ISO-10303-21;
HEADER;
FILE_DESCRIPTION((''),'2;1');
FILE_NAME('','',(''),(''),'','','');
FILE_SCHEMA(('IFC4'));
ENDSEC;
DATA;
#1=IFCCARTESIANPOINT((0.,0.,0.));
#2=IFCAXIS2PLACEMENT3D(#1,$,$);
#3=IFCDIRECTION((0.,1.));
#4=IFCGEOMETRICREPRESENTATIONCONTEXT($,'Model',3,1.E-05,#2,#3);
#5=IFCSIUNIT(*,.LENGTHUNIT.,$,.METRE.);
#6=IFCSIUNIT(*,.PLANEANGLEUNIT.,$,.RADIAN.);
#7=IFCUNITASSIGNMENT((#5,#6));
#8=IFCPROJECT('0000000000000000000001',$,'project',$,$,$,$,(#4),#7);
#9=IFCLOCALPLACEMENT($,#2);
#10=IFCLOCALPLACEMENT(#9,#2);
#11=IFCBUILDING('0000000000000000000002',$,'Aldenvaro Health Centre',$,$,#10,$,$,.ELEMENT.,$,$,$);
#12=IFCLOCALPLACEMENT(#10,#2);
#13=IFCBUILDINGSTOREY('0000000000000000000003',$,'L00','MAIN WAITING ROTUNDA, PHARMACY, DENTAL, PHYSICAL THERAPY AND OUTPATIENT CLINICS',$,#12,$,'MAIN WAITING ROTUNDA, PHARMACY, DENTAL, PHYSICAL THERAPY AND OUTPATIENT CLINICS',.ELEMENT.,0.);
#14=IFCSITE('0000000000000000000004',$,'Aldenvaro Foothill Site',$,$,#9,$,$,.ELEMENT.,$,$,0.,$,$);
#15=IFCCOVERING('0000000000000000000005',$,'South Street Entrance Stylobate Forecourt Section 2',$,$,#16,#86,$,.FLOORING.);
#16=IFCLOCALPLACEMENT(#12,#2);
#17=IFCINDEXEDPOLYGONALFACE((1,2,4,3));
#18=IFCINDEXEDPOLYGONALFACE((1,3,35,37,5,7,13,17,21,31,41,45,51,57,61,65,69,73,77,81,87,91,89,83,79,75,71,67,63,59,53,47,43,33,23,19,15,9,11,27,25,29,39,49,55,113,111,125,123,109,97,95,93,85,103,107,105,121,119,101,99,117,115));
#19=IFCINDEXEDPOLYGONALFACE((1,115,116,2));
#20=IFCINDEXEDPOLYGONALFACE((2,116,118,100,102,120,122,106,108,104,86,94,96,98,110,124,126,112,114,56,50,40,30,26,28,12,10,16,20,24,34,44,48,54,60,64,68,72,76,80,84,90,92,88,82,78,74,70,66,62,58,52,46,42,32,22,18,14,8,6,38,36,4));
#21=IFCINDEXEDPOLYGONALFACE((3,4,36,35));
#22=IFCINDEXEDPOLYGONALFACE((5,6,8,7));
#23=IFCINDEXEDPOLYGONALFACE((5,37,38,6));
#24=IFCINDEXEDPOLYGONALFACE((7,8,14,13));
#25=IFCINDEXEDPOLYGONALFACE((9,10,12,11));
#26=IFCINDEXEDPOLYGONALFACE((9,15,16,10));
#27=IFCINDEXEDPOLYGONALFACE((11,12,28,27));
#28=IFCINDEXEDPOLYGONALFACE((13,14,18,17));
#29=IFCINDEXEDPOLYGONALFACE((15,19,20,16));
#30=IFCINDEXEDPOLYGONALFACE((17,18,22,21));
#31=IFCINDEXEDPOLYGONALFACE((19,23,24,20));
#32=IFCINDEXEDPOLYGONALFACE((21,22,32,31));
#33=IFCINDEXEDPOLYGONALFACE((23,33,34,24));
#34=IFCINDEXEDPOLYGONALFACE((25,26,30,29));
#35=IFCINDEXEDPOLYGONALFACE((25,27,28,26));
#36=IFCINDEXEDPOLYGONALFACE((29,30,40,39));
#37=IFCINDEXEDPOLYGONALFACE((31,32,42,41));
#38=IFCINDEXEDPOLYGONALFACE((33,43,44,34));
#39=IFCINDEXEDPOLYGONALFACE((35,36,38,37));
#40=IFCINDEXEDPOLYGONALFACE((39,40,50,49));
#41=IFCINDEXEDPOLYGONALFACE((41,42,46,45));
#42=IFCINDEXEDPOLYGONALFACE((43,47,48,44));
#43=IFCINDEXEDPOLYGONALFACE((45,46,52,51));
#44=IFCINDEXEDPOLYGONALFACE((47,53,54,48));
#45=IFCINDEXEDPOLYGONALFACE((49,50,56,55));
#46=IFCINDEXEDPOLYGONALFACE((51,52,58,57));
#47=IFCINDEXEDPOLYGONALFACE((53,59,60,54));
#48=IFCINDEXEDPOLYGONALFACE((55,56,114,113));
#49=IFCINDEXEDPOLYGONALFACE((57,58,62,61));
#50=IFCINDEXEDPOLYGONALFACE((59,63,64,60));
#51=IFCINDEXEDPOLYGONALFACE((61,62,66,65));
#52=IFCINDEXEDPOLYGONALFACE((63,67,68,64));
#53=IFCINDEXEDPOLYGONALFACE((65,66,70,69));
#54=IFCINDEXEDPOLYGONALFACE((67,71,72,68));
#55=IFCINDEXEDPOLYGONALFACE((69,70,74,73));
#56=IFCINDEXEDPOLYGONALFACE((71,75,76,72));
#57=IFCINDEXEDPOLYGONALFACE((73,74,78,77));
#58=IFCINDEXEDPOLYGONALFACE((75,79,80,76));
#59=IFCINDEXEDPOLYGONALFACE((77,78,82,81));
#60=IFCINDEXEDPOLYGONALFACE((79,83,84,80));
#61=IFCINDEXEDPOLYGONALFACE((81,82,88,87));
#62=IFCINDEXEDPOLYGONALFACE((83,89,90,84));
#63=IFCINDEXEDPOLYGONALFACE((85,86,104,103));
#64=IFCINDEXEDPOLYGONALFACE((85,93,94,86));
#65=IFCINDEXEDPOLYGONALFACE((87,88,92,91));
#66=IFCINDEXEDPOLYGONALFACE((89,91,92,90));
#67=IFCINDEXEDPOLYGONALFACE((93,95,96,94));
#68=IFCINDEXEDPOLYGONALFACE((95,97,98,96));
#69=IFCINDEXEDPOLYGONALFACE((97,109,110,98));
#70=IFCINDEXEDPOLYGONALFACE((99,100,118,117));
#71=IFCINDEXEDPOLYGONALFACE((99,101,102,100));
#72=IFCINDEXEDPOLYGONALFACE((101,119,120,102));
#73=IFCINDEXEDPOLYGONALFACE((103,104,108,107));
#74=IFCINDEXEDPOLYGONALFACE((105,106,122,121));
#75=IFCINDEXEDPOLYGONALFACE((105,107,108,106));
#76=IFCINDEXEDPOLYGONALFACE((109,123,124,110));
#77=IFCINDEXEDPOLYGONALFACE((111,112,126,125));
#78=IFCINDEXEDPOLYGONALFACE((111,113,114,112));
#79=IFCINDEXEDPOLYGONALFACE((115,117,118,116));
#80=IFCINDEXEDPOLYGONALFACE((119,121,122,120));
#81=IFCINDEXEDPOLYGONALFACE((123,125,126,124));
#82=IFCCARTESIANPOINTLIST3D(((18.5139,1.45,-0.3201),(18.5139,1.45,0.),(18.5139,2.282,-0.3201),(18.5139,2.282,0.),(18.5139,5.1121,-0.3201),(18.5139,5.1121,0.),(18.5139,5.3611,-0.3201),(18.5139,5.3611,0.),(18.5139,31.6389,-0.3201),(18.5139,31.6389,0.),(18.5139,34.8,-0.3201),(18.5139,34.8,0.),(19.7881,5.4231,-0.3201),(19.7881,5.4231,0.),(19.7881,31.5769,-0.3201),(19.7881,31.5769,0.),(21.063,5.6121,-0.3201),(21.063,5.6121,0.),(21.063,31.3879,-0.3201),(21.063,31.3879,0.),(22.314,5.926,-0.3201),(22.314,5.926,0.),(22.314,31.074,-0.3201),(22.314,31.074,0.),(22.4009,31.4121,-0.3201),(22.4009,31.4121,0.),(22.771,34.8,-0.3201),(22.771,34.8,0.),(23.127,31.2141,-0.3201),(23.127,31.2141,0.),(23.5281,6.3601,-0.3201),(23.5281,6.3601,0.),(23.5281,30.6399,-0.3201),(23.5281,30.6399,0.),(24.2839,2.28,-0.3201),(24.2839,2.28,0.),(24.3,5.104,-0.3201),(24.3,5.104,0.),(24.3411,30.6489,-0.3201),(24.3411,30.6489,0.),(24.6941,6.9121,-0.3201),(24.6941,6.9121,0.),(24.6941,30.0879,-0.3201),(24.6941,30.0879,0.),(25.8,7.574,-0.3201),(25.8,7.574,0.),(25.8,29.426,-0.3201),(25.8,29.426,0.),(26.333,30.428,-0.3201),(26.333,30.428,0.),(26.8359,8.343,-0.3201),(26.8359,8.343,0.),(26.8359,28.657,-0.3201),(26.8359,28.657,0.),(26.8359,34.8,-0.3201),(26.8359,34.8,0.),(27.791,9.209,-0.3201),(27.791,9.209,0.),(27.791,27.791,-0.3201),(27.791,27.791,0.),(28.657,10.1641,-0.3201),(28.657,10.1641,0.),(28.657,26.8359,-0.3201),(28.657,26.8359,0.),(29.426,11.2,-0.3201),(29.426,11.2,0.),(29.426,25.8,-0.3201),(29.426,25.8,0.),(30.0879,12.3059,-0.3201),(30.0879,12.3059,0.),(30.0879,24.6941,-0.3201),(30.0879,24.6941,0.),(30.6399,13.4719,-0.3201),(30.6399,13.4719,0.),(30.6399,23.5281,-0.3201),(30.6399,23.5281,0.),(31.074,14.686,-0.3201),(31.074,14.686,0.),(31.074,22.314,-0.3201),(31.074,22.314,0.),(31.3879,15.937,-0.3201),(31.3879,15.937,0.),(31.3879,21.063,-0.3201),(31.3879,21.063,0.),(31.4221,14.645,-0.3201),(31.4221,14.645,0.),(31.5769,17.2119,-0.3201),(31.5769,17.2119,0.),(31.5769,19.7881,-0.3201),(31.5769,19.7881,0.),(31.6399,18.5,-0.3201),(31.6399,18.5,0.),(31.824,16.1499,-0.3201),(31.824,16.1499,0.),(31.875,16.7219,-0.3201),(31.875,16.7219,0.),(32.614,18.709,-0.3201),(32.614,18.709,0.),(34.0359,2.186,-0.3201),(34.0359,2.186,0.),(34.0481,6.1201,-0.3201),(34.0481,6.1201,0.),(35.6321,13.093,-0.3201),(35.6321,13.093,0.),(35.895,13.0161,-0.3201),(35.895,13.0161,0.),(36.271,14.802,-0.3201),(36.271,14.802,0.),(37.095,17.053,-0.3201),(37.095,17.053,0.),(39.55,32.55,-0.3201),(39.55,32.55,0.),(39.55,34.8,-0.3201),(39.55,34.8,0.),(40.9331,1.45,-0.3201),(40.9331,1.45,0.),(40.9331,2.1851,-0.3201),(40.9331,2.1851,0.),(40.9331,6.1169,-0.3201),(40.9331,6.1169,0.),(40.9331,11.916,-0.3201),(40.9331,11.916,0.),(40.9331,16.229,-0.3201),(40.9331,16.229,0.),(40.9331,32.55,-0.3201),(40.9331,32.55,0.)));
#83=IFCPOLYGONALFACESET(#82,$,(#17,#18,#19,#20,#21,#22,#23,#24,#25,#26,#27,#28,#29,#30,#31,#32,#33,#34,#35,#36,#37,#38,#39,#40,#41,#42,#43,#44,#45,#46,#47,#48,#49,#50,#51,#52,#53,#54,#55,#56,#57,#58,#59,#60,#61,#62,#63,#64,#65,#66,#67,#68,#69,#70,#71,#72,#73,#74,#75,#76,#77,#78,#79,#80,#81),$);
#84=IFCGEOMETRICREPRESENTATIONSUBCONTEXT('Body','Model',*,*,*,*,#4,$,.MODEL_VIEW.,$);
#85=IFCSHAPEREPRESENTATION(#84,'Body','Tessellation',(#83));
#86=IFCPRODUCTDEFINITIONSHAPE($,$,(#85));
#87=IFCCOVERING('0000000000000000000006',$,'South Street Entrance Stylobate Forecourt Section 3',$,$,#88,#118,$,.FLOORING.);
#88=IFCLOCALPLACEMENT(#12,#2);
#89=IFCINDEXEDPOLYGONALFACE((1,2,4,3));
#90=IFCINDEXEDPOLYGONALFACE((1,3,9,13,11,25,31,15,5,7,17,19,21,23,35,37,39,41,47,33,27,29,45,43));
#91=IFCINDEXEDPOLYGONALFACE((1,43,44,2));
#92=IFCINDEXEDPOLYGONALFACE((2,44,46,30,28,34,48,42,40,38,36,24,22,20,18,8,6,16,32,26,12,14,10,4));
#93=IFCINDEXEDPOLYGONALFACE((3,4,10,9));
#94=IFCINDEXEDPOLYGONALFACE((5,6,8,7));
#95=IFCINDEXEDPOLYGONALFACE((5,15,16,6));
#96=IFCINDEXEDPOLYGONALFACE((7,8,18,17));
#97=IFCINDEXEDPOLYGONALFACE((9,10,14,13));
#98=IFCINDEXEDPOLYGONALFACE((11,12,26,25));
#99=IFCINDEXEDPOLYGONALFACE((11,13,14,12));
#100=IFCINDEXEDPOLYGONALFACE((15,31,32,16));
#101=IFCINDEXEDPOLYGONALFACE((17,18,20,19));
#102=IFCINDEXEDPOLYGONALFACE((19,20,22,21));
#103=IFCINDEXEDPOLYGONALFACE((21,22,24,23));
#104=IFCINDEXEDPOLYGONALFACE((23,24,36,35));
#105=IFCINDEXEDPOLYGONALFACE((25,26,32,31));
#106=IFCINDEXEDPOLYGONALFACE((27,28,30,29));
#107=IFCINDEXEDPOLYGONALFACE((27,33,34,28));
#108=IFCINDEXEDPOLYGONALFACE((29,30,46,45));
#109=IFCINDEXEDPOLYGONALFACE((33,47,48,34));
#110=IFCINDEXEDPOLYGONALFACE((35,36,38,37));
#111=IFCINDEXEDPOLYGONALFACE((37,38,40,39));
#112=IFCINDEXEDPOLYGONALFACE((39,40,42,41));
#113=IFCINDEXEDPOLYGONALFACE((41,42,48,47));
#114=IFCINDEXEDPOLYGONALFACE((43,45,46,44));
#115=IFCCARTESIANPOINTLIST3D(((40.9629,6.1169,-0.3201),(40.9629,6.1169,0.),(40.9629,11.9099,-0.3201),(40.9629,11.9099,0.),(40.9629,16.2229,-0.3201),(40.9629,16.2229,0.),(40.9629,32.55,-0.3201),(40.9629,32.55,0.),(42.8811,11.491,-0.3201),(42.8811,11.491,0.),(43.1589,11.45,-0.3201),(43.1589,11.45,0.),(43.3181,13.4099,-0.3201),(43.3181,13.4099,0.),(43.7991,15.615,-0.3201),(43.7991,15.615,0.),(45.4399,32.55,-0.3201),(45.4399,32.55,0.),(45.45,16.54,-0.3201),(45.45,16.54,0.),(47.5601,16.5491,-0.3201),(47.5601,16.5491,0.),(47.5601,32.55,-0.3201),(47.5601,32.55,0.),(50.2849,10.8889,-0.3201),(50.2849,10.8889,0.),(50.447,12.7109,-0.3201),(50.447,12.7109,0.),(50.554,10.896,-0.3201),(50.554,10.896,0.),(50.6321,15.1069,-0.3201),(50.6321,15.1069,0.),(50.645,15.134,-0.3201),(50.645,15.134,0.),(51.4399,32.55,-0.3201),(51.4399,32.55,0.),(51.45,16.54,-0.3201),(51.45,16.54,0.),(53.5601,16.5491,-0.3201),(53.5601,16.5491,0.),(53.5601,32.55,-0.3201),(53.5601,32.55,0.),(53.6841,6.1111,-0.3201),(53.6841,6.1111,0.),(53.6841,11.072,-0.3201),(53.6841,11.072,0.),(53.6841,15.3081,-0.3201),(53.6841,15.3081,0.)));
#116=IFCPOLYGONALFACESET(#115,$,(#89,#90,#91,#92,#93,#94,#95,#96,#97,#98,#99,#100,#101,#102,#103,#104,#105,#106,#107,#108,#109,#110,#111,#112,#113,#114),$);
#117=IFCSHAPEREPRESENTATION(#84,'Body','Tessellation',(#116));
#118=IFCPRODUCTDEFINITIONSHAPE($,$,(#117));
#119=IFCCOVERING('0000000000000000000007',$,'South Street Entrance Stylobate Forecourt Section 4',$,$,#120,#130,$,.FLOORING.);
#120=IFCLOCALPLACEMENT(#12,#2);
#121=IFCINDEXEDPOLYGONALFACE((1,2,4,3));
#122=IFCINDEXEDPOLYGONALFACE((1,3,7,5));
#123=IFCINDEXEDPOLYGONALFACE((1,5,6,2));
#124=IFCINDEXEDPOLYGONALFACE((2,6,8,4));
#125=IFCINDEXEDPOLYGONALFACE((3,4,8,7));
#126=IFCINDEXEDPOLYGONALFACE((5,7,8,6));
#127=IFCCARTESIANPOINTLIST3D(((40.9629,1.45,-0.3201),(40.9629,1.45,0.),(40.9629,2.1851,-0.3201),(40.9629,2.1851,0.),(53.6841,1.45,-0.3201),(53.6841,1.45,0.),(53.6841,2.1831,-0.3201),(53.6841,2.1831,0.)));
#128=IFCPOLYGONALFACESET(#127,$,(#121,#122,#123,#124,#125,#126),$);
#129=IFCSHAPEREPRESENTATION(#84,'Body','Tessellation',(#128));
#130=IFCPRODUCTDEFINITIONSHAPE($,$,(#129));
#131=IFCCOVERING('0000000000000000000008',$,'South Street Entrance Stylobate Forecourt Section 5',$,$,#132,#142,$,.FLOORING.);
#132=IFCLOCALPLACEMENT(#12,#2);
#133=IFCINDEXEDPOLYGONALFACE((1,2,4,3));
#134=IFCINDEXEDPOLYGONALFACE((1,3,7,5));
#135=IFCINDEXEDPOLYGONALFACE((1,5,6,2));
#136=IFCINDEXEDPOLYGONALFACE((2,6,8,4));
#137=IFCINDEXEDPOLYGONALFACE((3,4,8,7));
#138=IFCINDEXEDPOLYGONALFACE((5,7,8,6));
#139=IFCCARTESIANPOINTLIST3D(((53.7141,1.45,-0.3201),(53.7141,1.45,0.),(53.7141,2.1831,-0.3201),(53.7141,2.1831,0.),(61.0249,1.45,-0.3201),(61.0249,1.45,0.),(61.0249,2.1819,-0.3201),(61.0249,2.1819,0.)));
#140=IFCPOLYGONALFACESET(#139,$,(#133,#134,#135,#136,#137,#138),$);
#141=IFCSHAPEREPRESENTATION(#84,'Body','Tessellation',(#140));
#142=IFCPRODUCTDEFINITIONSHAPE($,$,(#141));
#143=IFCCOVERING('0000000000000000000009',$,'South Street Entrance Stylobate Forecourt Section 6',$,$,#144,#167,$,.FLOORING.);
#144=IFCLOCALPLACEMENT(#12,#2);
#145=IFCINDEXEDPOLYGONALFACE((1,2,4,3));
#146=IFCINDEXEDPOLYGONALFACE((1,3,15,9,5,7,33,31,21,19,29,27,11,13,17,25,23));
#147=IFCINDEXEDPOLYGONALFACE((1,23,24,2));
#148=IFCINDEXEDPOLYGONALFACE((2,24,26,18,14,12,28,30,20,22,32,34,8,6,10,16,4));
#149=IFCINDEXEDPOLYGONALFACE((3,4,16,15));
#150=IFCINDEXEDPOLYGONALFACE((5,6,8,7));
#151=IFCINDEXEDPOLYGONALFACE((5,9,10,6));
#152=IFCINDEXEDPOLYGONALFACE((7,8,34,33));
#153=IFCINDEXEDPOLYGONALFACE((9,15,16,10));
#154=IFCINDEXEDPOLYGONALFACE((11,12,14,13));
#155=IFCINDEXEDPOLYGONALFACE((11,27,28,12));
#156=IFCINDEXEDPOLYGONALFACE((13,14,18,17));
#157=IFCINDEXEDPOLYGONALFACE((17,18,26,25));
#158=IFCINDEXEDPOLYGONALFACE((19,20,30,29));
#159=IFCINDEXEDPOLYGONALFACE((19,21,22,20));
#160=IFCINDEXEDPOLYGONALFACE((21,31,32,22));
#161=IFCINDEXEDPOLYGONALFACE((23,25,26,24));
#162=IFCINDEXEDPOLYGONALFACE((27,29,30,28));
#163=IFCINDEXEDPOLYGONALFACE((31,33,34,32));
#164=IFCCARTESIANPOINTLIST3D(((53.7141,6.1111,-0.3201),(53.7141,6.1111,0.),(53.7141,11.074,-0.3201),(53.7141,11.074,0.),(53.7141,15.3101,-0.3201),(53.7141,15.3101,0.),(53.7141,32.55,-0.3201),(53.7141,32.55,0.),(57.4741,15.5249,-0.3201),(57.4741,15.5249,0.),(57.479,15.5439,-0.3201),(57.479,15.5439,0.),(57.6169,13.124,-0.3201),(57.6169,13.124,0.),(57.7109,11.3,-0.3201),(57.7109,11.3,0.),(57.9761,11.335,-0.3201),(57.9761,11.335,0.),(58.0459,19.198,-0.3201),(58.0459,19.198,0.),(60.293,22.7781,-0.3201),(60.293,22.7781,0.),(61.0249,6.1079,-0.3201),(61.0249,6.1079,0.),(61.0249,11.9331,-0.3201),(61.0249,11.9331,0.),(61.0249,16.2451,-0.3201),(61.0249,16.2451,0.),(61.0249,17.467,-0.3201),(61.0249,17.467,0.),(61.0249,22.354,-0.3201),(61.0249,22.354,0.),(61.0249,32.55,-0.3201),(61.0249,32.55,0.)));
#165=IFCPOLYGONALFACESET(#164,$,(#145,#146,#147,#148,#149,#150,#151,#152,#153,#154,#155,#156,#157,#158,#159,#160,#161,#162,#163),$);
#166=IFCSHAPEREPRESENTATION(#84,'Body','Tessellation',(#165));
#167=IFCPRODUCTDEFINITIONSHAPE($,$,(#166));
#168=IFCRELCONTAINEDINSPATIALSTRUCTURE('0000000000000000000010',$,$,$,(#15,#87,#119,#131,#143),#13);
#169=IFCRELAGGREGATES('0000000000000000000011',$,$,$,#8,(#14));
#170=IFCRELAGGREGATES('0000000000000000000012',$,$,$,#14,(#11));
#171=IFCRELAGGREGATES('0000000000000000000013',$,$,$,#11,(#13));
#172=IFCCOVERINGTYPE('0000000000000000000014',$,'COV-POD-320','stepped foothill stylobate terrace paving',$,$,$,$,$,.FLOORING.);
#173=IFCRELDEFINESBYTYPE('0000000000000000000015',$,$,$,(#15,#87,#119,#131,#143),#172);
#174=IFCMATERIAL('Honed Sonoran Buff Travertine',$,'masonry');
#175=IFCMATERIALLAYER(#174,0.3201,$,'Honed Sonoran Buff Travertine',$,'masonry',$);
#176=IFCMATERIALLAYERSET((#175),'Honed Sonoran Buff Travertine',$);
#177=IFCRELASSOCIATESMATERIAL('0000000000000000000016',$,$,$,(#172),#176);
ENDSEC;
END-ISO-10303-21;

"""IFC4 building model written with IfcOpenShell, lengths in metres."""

from ifc_helpers import new_model, si_unit, direction, frame, origin, place, context, subcontext, project, spatial, polyline, outline, extrude, material, layer, layer_set, type_object, element, save


model = new_model("IFC4")

# Units and contexts
model_context = context("Model", 3, precision=1e-05, world=origin(), true_north=direction((0.0, 1.0)))
body_context = subcontext(model_context, "Body", "Model", "MODEL_VIEW")
ifc_project = project(units=[si_unit("LENGTHUNIT", "METRE"), si_unit("PLANEANGLEUNIT", "RADIAN")], contexts=[model_context])

# Site, building, storey
site_placement = place(None, origin())
site = spatial("IfcSite", under=ifc_project, at=site_placement, Name="Aldenvaro Foothill Site", CompositionType="ELEMENT", RefElevation=0.0)
building_placement = place(site_placement, origin())
building = spatial("IfcBuilding", under=site, at=building_placement, Name="Aldenvaro Health Centre", CompositionType="ELEMENT")
storey_placement = place(building_placement, origin())
storey = spatial("IfcBuildingStorey", under=building, at=storey_placement, Name="L00", Description="MAIN WAITING ROTUNDA, PHARMACY, DENTAL, PHYSICAL THERAPY AND OUTPATIENT CLINICS", LongName="MAIN WAITING ROTUNDA, PHARMACY, DENTAL, PHYSICAL THERAPY AND OUTPATIENT CLINICS", CompositionType="ELEMENT", Elevation=0.0)

# Coverings
ifc_material_1 = material(Name="Honed Sonoran Buff Travertine", Category="masonry")
ifc_layer_1 = layer(ifc_material_1, 0.3201, Name="Honed Sonoran Buff Travertine", Category="masonry")
ifc_layer_set_1 = layer_set([ifc_layer_1], Name="Honed Sonoran Buff Travertine")
covering_type = type_object("IfcCoveringType", Name="COV-POD-320", Description="stepped foothill stylobate terrace paving", PredefinedType="FLOORING", material=ifc_layer_set_1)
covering_1_placement = place(storey_placement, frame((0.0, 0.0, -0.3201)))
element("IfcCovering", 1, at=covering_1_placement, inside=storey, type_object=covering_type, Name="South Street Entrance Stylobate Forecourt Section 2", PredefinedType="FLOORING", context=body_context, shape_type="SweptSolid", body=[
    extrude(outline(polyline([(34.0481, 6.1201), (34.0359, 2.186), (40.9331, 2.1851), (40.9331, 1.45), (18.5139, 1.45), (18.5139, 2.282), (24.2839, 2.28), (24.3, 5.104), (18.5139, 5.1121), (18.5139, 5.3611), (19.7881, 5.4231), (21.063, 5.6121), (22.314, 5.926), (23.5281, 6.3601), (24.6941, 6.9121), (25.8, 7.574), (26.8359, 8.343), (27.791, 9.209), (28.657, 10.1641), (29.426, 11.2), (30.0879, 12.3059), (30.6399, 13.4719), (31.074, 14.686), (31.3879, 15.937), (31.5769, 17.2119), (31.6399, 18.5), (31.5769, 19.7881), (31.3879, 21.063), (31.074, 22.314), (30.6399, 23.5281), (30.0879, 24.6941), (29.426, 25.8), (28.657, 26.8359), (27.791, 27.791), (26.8359, 28.657), (25.8, 29.426), (24.6941, 30.0879), (23.5281, 30.6399), (22.314, 31.074), (21.063, 31.3879), (19.7881, 31.5769), (18.5139, 31.6389), (18.5139, 34.8), (22.771, 34.8), (22.4009, 31.4121), (23.127, 31.2141), (24.3411, 30.6489), (26.333, 30.428), (26.8359, 34.8), (39.55, 34.8), (39.55, 32.55), (40.9331, 32.55), (40.9331, 16.229), (37.095, 17.053), (32.614, 18.709), (31.875, 16.7219), (31.824, 16.1499), (31.4221, 14.645), (35.6321, 13.093), (36.271, 14.802), (35.895, 13.0161), (40.9331, 11.916), (40.9331, 6.1169), (34.0481, 6.1201)])), origin(), (0.0, 0.0, 1.0), 0.3201),
])
covering_2_placement = place(storey_placement, frame((0.0, 0.0, -0.3201)))
element("IfcCovering", 2, at=covering_2_placement, inside=storey, type_object=covering_type, Name="South Street Entrance Stylobate Forecourt Section 3", PredefinedType="FLOORING", context=body_context, shape_type="SweptSolid", body=[
    extrude(outline(polyline([(47.5601, 16.5491), (47.5601, 32.55), (51.4399, 32.55), (51.45, 16.54), (53.5601, 16.5491), (53.5601, 32.55), (53.6841, 15.3081), (50.645, 15.134), (50.447, 12.7109), (50.554, 10.896), (53.6841, 11.072), (53.6841, 6.1111), (40.9629, 6.1169), (40.9629, 11.9099), (42.8811, 11.491), (43.3181, 13.4099), (43.1589, 11.45), (50.2849, 10.8889), (50.6321, 15.1069), (43.7991, 15.615), (40.9629, 16.2229), (40.9629, 32.55), (45.4399, 32.55), (45.45, 16.54), (47.5601, 16.5491)])), origin(), (0.0, 0.0, 1.0), 0.3201),
])
covering_3_placement = place(storey_placement, frame((0.0, 0.0, -0.3201)))
element("IfcCovering", 3, at=covering_3_placement, inside=storey, type_object=covering_type, Name="South Street Entrance Stylobate Forecourt Section 4", PredefinedType="FLOORING", context=body_context, shape_type="SweptSolid", body=[
    extrude(outline(polyline([(53.6841, 2.1831), (53.6841, 1.45), (40.9629, 1.45), (40.9629, 2.1851), (53.6841, 2.1831)])), origin(), (0.0, 0.0, 1.0), 0.3201),
])
covering_4_placement = place(storey_placement, frame((0.0, 0.0, -0.3201)))
element("IfcCovering", 4, at=covering_4_placement, inside=storey, type_object=covering_type, Name="South Street Entrance Stylobate Forecourt Section 5", PredefinedType="FLOORING", context=body_context, shape_type="SweptSolid", body=[
    extrude(outline(polyline([(53.7141, 1.45), (53.7141, 2.1831), (61.0249, 2.1819), (61.0249, 1.45), (53.7141, 1.45)])), origin(), (0.0, 0.0, 1.0), 0.3201),
])
covering_5_placement = place(storey_placement, frame((0.0, 0.0, -0.3201)))
element("IfcCovering", 5, at=covering_5_placement, inside=storey, type_object=covering_type, Name="South Street Entrance Stylobate Forecourt Section 6", PredefinedType="FLOORING", context=body_context, shape_type="SweptSolid", body=[
    extrude(outline(polyline([(53.7141, 6.1111), (53.7141, 11.074), (57.7109, 11.3), (57.4741, 15.5249), (53.7141, 15.3101), (53.7141, 32.55), (61.0249, 32.55), (61.0249, 22.354), (60.293, 22.7781), (58.0459, 19.198), (61.0249, 17.467), (61.0249, 16.2451), (57.479, 15.5439), (57.6169, 13.124), (57.9761, 11.335), (61.0249, 11.9331), (61.0249, 6.1079), (53.7141, 6.1111)])), origin(), (0.0, 0.0, 1.0), 0.3201),
])

save(model, "model.ifc")
